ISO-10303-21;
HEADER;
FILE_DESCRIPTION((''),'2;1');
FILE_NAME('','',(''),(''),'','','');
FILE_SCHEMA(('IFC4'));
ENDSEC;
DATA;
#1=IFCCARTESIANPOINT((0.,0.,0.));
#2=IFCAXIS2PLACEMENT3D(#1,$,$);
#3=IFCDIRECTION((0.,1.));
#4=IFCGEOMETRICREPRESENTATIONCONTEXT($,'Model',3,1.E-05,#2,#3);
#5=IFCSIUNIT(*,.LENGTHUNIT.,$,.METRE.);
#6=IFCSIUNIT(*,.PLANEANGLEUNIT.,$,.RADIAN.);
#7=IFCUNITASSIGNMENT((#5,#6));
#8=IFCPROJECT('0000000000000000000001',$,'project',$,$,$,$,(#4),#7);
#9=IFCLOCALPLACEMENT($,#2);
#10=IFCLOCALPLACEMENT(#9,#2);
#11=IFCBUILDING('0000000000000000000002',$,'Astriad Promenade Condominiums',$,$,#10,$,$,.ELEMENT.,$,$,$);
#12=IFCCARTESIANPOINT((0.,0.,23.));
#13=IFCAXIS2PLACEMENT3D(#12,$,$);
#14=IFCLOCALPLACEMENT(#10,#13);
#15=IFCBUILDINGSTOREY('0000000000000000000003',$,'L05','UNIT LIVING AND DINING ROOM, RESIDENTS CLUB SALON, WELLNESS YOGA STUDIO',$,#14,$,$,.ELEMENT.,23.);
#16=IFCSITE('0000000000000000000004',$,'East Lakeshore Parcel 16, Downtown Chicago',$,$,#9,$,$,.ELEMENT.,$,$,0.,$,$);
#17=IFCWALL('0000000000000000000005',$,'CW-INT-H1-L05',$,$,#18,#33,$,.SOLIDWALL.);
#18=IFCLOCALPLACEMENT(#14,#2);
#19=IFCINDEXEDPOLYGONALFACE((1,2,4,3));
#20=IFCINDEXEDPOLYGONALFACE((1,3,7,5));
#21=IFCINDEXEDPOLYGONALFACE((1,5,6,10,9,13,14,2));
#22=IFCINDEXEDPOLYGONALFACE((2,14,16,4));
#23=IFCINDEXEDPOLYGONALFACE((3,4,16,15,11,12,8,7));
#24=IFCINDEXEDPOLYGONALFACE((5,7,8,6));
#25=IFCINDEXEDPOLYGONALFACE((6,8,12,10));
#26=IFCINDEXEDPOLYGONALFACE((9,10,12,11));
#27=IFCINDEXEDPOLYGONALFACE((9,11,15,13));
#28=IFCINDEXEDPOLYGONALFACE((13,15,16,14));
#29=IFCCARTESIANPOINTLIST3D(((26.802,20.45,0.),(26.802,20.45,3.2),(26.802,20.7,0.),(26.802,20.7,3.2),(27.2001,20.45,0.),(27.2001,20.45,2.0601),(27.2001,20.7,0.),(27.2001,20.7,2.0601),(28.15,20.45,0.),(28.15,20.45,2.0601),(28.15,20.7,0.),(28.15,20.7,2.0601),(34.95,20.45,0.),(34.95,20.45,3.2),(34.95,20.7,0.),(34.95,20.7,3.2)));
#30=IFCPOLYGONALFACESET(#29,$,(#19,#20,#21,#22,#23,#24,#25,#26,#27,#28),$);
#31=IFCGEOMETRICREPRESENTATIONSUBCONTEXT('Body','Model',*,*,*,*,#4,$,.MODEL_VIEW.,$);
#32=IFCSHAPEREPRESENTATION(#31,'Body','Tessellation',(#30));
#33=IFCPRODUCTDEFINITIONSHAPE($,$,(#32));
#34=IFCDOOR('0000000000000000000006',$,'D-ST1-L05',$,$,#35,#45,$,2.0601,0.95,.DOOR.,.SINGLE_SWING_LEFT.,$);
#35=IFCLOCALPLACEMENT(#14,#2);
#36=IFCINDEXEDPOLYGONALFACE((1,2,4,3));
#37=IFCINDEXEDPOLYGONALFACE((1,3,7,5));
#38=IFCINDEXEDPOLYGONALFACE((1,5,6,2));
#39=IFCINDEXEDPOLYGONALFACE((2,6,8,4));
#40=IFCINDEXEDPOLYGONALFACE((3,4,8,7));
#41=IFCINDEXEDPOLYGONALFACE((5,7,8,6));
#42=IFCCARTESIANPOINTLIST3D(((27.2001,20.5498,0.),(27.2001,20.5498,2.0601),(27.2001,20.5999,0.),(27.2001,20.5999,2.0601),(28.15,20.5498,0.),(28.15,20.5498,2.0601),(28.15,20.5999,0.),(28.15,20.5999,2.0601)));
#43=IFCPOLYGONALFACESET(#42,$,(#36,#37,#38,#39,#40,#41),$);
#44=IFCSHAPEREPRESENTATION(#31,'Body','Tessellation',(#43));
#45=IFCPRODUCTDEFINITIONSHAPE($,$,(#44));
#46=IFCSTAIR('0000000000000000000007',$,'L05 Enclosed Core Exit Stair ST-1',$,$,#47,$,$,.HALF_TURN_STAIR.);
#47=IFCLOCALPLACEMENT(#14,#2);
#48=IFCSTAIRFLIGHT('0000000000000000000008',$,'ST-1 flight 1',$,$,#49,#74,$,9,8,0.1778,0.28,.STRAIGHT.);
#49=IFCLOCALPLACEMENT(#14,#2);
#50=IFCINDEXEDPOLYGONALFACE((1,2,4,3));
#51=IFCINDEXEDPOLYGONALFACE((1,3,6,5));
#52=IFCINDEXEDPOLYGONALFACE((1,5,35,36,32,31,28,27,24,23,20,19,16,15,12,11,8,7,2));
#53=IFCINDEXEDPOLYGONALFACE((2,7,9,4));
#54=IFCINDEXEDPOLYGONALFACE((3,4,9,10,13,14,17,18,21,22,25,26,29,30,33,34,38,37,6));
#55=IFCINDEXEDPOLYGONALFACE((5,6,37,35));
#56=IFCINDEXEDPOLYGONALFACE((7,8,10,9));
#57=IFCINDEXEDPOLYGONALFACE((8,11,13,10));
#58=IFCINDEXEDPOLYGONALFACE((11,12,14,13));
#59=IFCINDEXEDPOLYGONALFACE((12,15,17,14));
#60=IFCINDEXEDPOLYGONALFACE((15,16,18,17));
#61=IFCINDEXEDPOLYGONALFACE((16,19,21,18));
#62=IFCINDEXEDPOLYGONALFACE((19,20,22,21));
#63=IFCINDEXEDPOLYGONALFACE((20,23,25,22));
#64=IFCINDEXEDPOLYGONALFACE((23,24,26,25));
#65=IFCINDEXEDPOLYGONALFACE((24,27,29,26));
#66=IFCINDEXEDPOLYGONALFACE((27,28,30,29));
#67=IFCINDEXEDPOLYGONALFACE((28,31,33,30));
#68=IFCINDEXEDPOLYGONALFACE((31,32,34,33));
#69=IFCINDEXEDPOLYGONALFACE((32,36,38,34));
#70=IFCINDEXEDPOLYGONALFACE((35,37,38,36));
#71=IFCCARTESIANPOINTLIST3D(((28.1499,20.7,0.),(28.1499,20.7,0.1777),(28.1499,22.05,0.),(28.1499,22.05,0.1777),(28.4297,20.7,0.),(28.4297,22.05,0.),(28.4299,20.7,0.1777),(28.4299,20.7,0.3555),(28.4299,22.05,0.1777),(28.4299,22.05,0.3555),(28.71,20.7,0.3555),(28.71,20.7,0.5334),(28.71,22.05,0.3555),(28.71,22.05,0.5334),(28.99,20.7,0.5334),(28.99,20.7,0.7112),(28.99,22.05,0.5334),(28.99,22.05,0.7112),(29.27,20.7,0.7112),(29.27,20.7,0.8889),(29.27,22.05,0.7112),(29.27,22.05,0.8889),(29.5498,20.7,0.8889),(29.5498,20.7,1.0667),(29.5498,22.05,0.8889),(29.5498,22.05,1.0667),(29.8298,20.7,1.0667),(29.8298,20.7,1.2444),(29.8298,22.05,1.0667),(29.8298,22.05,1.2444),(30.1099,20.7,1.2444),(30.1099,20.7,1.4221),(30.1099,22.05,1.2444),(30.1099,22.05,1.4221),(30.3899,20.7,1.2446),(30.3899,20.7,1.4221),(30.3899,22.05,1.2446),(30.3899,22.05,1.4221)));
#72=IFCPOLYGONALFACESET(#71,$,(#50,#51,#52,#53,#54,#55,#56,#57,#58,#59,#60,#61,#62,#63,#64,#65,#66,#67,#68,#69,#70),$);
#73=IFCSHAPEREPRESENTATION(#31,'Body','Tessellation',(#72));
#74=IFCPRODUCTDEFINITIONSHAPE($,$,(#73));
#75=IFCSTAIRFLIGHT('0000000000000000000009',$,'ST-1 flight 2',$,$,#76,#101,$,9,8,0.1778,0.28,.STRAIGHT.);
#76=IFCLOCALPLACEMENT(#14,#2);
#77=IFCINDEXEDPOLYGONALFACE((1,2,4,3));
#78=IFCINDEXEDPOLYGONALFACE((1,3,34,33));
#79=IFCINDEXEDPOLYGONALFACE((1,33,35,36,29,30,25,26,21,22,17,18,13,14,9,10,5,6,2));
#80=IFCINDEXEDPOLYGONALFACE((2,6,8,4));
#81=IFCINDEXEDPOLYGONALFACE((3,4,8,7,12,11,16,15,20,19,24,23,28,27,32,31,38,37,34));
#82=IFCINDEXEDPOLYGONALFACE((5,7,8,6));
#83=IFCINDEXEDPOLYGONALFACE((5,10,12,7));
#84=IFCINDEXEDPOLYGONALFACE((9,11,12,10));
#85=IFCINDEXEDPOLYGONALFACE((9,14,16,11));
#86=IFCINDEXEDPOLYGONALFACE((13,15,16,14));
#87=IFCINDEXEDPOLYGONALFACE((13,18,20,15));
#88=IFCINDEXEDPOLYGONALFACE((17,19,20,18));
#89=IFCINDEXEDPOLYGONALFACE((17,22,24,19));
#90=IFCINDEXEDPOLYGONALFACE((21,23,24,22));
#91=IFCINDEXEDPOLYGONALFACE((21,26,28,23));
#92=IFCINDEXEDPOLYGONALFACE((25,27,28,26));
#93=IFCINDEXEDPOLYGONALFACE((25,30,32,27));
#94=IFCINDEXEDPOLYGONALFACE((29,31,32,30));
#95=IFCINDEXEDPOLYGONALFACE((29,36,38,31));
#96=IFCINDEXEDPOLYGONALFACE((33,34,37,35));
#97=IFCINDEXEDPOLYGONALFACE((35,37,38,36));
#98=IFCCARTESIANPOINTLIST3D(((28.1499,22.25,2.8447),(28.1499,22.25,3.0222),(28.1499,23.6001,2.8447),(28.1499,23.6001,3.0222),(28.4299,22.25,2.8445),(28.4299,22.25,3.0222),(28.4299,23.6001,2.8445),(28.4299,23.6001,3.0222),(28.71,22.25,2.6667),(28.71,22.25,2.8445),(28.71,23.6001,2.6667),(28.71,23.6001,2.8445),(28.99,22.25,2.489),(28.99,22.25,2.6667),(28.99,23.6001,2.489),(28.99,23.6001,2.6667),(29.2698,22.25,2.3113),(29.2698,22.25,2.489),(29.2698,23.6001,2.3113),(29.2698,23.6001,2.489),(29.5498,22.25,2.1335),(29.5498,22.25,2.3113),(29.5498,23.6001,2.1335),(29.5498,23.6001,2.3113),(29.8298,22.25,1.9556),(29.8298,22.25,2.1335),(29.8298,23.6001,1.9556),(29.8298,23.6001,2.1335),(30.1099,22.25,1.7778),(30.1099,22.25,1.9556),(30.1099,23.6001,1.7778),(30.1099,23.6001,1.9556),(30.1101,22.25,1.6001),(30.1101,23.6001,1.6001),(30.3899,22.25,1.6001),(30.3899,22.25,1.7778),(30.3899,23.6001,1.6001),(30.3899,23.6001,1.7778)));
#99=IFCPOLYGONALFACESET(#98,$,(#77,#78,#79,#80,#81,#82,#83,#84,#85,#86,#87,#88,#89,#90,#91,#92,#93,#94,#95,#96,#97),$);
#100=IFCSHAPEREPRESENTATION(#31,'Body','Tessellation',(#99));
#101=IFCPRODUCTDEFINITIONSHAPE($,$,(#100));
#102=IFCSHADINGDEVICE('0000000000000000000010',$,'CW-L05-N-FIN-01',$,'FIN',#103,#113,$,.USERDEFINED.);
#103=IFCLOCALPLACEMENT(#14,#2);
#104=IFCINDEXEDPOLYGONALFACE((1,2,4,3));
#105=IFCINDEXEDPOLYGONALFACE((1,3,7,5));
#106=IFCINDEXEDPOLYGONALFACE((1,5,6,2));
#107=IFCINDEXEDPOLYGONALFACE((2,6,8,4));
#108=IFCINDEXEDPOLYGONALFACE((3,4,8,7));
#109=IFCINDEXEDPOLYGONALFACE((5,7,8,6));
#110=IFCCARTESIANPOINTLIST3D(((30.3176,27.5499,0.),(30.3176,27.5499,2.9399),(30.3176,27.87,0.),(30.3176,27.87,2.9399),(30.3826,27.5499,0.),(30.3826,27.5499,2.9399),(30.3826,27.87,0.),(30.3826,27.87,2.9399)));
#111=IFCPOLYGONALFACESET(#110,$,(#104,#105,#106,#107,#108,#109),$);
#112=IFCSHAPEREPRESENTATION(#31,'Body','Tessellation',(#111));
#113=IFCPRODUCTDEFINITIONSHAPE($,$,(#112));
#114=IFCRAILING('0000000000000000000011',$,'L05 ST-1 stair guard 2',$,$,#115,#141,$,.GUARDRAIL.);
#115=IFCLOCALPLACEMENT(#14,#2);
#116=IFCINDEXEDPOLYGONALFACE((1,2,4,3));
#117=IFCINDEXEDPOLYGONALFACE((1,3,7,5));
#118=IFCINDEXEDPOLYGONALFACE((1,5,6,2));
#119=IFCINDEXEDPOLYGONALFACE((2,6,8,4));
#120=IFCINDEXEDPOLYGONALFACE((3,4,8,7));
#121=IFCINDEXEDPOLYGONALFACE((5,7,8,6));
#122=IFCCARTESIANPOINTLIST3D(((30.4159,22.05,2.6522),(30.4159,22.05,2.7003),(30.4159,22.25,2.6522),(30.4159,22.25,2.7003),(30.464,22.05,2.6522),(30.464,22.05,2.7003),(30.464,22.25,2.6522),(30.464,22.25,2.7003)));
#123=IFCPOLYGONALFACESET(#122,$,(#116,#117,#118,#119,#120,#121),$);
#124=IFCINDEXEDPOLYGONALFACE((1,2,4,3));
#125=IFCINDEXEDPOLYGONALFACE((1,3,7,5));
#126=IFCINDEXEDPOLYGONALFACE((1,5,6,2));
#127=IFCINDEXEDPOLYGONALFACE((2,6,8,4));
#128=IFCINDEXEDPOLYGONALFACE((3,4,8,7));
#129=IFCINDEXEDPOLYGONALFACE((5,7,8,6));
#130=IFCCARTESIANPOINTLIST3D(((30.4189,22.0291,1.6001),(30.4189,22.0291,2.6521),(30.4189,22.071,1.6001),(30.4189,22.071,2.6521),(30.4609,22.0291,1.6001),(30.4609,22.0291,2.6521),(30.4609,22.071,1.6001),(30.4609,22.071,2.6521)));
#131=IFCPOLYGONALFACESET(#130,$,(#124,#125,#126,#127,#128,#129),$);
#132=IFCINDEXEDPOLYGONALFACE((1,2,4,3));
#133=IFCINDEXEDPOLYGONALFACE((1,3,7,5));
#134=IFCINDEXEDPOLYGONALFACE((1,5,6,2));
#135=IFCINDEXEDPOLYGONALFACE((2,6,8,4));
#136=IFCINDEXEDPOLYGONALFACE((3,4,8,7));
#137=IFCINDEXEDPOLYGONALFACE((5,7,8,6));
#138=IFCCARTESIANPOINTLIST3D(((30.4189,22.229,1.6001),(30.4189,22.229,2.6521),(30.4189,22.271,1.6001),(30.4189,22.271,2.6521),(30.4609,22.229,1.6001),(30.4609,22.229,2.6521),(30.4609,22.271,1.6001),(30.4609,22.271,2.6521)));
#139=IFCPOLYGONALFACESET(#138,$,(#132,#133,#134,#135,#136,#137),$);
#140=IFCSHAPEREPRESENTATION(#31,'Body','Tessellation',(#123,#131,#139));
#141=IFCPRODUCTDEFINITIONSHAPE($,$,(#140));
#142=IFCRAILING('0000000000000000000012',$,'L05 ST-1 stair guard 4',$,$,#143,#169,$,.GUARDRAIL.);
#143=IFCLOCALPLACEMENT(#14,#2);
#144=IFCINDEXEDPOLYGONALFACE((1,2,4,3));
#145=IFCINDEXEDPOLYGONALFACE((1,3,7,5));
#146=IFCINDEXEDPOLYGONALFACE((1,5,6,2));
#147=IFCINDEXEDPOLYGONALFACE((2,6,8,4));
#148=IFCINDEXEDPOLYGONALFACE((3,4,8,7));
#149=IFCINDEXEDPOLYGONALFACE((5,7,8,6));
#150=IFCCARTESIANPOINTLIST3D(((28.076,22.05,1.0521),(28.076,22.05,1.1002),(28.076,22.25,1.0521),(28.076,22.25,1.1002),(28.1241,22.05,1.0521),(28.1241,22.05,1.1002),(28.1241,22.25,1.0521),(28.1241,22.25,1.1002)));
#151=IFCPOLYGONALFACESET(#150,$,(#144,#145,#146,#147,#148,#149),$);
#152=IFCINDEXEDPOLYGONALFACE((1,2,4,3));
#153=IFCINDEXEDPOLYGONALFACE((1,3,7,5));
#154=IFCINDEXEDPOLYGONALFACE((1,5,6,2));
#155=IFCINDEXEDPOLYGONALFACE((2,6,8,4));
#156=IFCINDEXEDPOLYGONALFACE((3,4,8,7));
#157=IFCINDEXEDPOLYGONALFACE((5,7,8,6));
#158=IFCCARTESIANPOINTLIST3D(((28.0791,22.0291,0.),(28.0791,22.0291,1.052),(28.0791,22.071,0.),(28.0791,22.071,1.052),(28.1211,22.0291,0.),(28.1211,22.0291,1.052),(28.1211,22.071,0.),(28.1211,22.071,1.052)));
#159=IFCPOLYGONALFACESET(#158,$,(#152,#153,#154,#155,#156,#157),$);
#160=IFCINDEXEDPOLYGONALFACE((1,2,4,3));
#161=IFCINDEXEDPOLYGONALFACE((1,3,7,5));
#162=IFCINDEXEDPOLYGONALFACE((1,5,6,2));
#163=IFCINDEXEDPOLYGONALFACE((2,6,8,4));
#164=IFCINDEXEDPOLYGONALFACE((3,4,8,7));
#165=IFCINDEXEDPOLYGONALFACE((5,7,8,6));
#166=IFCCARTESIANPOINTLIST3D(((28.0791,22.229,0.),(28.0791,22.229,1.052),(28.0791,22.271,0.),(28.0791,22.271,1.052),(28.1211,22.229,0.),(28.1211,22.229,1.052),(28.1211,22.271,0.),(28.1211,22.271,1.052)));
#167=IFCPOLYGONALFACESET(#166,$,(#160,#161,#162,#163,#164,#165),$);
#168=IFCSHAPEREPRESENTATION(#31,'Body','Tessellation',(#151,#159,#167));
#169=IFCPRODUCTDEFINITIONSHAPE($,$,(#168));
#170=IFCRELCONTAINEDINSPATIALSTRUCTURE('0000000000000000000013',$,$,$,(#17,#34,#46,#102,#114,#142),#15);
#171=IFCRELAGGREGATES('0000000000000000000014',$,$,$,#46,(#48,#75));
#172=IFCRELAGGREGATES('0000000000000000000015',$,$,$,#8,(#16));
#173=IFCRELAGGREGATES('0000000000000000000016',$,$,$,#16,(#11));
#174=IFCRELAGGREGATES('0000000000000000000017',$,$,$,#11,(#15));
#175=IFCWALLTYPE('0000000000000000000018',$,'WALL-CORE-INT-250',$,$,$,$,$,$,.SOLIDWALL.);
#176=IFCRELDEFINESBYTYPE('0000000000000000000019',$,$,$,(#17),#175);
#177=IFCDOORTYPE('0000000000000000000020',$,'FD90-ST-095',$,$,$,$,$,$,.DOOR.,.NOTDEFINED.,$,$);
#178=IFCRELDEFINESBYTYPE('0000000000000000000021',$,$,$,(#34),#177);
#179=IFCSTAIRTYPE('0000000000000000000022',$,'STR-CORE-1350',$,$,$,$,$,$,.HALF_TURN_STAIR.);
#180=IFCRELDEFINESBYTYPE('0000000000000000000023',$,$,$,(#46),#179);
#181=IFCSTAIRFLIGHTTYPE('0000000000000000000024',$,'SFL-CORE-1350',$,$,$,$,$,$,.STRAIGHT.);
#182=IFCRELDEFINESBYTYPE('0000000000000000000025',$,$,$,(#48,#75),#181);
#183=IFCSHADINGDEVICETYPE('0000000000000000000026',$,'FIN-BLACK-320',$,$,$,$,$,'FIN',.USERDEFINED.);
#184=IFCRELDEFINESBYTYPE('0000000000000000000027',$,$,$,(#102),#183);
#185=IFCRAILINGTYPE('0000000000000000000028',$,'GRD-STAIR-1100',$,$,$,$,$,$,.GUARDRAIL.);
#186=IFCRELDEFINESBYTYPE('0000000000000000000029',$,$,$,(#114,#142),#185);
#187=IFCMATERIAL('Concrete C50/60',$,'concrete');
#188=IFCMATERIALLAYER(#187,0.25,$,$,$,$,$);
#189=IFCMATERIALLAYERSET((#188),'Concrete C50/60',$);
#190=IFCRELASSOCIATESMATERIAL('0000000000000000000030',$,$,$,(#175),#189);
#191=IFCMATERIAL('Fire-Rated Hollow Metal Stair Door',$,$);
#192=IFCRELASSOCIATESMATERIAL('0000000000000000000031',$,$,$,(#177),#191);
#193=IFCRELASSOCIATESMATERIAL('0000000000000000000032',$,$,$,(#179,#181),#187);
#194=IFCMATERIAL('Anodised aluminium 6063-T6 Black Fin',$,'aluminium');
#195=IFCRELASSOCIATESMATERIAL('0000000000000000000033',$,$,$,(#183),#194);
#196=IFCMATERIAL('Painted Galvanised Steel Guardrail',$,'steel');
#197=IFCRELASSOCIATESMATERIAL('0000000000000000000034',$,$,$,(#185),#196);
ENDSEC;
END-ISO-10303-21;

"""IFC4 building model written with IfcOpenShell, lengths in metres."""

from ifc_helpers import new_model, si_unit, direction, frame, frame_2d, origin, origin_2d, place, context, subcontext, project, spatial, polyline, rectangle, outline, extrude, source, transform, mapped, material, layer, layer_set, type_object, type_shapes, element, fill, aggregate, save


model = new_model("IFC4")

# Units and contexts
model_context = context("Model", 3, precision=1e-05, world=origin(), true_north=direction((0.0, 1.0)))
body_context = subcontext(model_context, "Body", "Model", "MODEL_VIEW")
ifc_project = project(units=[si_unit("LENGTHUNIT", "METRE"), si_unit("PLANEANGLEUNIT", "RADIAN")], contexts=[model_context])

# Site, building, storey
site_placement = place(None, origin())
site = spatial("IfcSite", under=ifc_project, at=site_placement, Name="East Lakeshore Parcel 16, Downtown Chicago", CompositionType="ELEMENT", RefElevation=0.0)
building_placement = place(site_placement, origin())
building = spatial("IfcBuilding", under=site, at=building_placement, Name="Astriad Promenade Condominiums", CompositionType="ELEMENT")
storey_placement = place(building_placement, frame((0.0, 0.0, 23.0)))
storey = spatial("IfcBuildingStorey", under=building, at=storey_placement, Name="L05", Description="UNIT LIVING AND DINING ROOM, RESIDENTS CLUB SALON, WELLNESS YOGA STUDIO", CompositionType="ELEMENT", Elevation=23.0)

# Wall, opening, door
ifc_material_1 = material(Name="Concrete C50/60", Category="concrete")
ifc_layer_1 = layer(ifc_material_1, 0.25)
ifc_layer_set_1 = layer_set([ifc_layer_1], Name="Concrete C50/60")
wall_type = type_object("IfcWallType", Name="WALL-CORE-INT-250", PredefinedType="SOLIDWALL", material=ifc_layer_set_1)
wall_placement = place(storey_placement, frame((26.802, 20.575, 0.0), z_axis=(0.0, 0.0, 1.0), x_axis=(1.0, 0.0, 0.0)))
wall = element("IfcWall", 1, at=wall_placement, inside=storey, type_object=wall_type, Name="CW-INT-H1-L05", PredefinedType="SOLIDWALL", context=body_context, shape_type="SweptSolid", body=[
    extrude(rectangle(XDim=8.1479, YDim=0.25, at=frame_2d((4.074, 0.0))), origin(), (0.0, 0.0, 1.0), 3.2),
])
opening_placement = place(wall_placement, frame((0.3979, 0.0, 0.0)))
opening = element("IfcOpeningElement", 2, at=opening_placement, cuts=wall, PredefinedType="OPENING", context=body_context, shape_type="SweptSolid", body=[
    extrude(rectangle(XDim=0.95, YDim=2.0601, at=frame_2d((0.4751, 1.03))), frame((0.0, 0.135, 0.0), z_axis=(0.0, -1.0, 0.0), x_axis=(1.0, 0.0, 0.0)), (0.0, 0.0, 1.0), 0.27),
])
ifc_material_2 = material(Name="Fire-Rated Hollow Metal Stair Door")
door_type = type_object("IfcDoorType", Name="FD90-ST-095", OperationType="NOTDEFINED", PredefinedType="DOOR", material=ifc_material_2)
shared_shape_1 = source(origin(), body_context, "Body", "SweptSolid", [
    extrude(rectangle(XDim=0.95, YDim=2.0601, at=frame_2d((0.4751, 1.03))), frame((0.0, 0.0249, 0.0), z_axis=(0.0, -1.0, 0.0), x_axis=(1.0, 0.0, 0.0)), (0.0, 0.0, 1.0), 0.05),
])
type_shapes(door_type, [shared_shape_1])
door_placement = place(opening_placement, origin())
door = element("IfcDoor", 3, at=door_placement, inside=storey, type_object=door_type, Name="D-ST1-L05", OperationType="SINGLE_SWING_LEFT", OverallHeight=2.0601, OverallWidth=0.95, PredefinedType="DOOR", context=body_context, shape_type="MappedRepresentation", body=[
    mapped(shared_shape_1, transform((0.0, 0.0, 0.0), scale=1.0)),
])
fill(opening, door)

# Stair, stair flights
stair_type = type_object("IfcStairType", Name="STR-CORE-1350", PredefinedType="HALF_TURN_STAIR", material=ifc_material_1)
stair_placement = place(storey_placement, origin())
stair = element("IfcStair", 4, at=stair_placement, inside=storey, type_object=stair_type, Name="L05 Enclosed Core Exit Stair ST-1", PredefinedType="HALF_TURN_STAIR")
stair_flight_type = type_object("IfcStairFlightType", Name="SFL-CORE-1350", PredefinedType="STRAIGHT", material=ifc_material_1)
shared_shape_2 = source(origin(), body_context, "Body", "SweptSolid", [
    extrude(outline(polyline([(0.0, 0.0), (0.0, 0.1777), (0.28, 0.1777), (0.28, 0.3555), (0.5601, 0.3555), (0.5601, 0.5334), (0.8401, 0.5334), (0.8401, 0.7112), (1.1201, 0.7112), (1.1201, 0.8889), (1.3999, 0.8889), (1.3999, 1.0667), (1.6799, 1.0667), (1.6799, 1.2444), (1.96, 1.2444), (1.96, 1.4221), (2.24, 1.4221), (2.24, 1.6001), (2.24, 1.2446), (0.2798, 0.0), (0.0, 0.0)])), frame((0.0, 0.675, 0.0), z_axis=(0.0, -1.0, 0.0), x_axis=(1.0, 0.0, 0.0)), (0.0, 0.0, 1.0), 1.3501),
])
type_shapes(stair_flight_type, [shared_shape_2])
stair_flight_1_placement = place(storey_placement, frame((28.1499, 21.375, 0.0), z_axis=(0.0, 0.0, 1.0), x_axis=(1.0, 0.0, 0.0)))
stair_flight_1 = element("IfcStairFlight", 5, at=stair_flight_1_placement, type_object=stair_flight_type, Name="ST-1 flight 1", NumberOfRisers=9, NumberOfTreads=8, PredefinedType="STRAIGHT", RiserHeight=0.1778, TreadLength=0.28, context=body_context, shape_type="MappedRepresentation", body=[
    mapped(shared_shape_2, transform((0.0, 0.0, 0.0), scale=1.0)),
])
stair_flight_2_placement = place(storey_placement, frame((30.3899, 22.925, 1.6001), z_axis=(0.0, 0.0, 1.0), x_axis=(-1.0, 0.0, 0.0)))
stair_flight_2 = element("IfcStairFlight", 6, at=stair_flight_2_placement, type_object=stair_flight_type, Name="ST-1 flight 2", NumberOfRisers=9, NumberOfTreads=8, PredefinedType="STRAIGHT", RiserHeight=0.1778, TreadLength=0.28, context=body_context, shape_type="MappedRepresentation", body=[
    mapped(shared_shape_2, transform((0.0, 0.0, 0.0), scale=1.0)),
])
aggregate(stair, [stair_flight_1, stair_flight_2])

# Shading device
ifc_material_3 = material(Name="Anodised aluminium 6063-T6 Black Fin", Category="aluminium")
shading_device_type = type_object("IfcShadingDeviceType", Name="FIN-BLACK-320", ElementType="FIN", PredefinedType="USERDEFINED", material=ifc_material_3)
shared_shape_3 = source(origin(), body_context, "Body", "SweptSolid", [
    extrude(rectangle(XDim=0.0649, YDim=0.3201, at=origin_2d()), origin(), (0.0, 0.0, 1.0), 2.9399),
])
type_shapes(shading_device_type, [shared_shape_3])
shading_device_placement = place(storey_placement, frame((30.3501, 27.71, 0.0), z_axis=(0.0, 0.0, 1.0), x_axis=(1.0, 0.0, 0.0)))
element("IfcShadingDevice", 7, at=shading_device_placement, inside=storey, type_object=shading_device_type, Name="CW-L05-N-FIN-01", ObjectType="FIN", PredefinedType="USERDEFINED", context=body_context, shape_type="MappedRepresentation", body=[
    mapped(shared_shape_3, transform((0.0, 0.0, 0.0), scale=1.0)),
])

# Railings
ifc_material_4 = material(Name="Painted Galvanised Steel Guardrail", Category="steel")
railing_type_1 = type_object("IfcRailingType", Name="GRD-STAIR-1100", PredefinedType="GUARDRAIL", material=ifc_material_4)
shared_shape_4 = source(origin(), body_context, "Body", "SweptSolid", [
    extrude(rectangle(XDim=0.0481, YDim=0.0481, at=origin_2d()), frame((0.0, 0.0, 1.0762), z_axis=(0.0, 1.0, 0.0), x_axis=(-1.0, 0.0, 0.0)), (0.0, 0.0, 1.0), 0.2),
    extrude(rectangle(XDim=0.042, YDim=0.042, at=origin_2d()), origin(), (0.0, 0.0, 1.0), 1.052),
    extrude(rectangle(XDim=0.042, YDim=0.042, at=origin_2d()), frame((0.0, 0.2, 0.0)), (0.0, 0.0, 1.0), 1.052),
])
for number, where, name in (
    (8, (30.4399, 22.05, 1.6001), "L05 ST-1 stair guard 2"),
    (9, (28.1001, 22.05, 0.0), "L05 ST-1 stair guard 4"),
):
    element("IfcRailing", number, at=place(storey_placement, frame(where)), inside=storey, type_object=railing_type_1, Name=name, PredefinedType="GUARDRAIL", context=body_context, shape_type="MappedRepresentation", body=[
        mapped(shared_shape_4, transform((0.0, 0.0, 0.0), scale=1.0)),
    ])

save(model, "model.ifc")
